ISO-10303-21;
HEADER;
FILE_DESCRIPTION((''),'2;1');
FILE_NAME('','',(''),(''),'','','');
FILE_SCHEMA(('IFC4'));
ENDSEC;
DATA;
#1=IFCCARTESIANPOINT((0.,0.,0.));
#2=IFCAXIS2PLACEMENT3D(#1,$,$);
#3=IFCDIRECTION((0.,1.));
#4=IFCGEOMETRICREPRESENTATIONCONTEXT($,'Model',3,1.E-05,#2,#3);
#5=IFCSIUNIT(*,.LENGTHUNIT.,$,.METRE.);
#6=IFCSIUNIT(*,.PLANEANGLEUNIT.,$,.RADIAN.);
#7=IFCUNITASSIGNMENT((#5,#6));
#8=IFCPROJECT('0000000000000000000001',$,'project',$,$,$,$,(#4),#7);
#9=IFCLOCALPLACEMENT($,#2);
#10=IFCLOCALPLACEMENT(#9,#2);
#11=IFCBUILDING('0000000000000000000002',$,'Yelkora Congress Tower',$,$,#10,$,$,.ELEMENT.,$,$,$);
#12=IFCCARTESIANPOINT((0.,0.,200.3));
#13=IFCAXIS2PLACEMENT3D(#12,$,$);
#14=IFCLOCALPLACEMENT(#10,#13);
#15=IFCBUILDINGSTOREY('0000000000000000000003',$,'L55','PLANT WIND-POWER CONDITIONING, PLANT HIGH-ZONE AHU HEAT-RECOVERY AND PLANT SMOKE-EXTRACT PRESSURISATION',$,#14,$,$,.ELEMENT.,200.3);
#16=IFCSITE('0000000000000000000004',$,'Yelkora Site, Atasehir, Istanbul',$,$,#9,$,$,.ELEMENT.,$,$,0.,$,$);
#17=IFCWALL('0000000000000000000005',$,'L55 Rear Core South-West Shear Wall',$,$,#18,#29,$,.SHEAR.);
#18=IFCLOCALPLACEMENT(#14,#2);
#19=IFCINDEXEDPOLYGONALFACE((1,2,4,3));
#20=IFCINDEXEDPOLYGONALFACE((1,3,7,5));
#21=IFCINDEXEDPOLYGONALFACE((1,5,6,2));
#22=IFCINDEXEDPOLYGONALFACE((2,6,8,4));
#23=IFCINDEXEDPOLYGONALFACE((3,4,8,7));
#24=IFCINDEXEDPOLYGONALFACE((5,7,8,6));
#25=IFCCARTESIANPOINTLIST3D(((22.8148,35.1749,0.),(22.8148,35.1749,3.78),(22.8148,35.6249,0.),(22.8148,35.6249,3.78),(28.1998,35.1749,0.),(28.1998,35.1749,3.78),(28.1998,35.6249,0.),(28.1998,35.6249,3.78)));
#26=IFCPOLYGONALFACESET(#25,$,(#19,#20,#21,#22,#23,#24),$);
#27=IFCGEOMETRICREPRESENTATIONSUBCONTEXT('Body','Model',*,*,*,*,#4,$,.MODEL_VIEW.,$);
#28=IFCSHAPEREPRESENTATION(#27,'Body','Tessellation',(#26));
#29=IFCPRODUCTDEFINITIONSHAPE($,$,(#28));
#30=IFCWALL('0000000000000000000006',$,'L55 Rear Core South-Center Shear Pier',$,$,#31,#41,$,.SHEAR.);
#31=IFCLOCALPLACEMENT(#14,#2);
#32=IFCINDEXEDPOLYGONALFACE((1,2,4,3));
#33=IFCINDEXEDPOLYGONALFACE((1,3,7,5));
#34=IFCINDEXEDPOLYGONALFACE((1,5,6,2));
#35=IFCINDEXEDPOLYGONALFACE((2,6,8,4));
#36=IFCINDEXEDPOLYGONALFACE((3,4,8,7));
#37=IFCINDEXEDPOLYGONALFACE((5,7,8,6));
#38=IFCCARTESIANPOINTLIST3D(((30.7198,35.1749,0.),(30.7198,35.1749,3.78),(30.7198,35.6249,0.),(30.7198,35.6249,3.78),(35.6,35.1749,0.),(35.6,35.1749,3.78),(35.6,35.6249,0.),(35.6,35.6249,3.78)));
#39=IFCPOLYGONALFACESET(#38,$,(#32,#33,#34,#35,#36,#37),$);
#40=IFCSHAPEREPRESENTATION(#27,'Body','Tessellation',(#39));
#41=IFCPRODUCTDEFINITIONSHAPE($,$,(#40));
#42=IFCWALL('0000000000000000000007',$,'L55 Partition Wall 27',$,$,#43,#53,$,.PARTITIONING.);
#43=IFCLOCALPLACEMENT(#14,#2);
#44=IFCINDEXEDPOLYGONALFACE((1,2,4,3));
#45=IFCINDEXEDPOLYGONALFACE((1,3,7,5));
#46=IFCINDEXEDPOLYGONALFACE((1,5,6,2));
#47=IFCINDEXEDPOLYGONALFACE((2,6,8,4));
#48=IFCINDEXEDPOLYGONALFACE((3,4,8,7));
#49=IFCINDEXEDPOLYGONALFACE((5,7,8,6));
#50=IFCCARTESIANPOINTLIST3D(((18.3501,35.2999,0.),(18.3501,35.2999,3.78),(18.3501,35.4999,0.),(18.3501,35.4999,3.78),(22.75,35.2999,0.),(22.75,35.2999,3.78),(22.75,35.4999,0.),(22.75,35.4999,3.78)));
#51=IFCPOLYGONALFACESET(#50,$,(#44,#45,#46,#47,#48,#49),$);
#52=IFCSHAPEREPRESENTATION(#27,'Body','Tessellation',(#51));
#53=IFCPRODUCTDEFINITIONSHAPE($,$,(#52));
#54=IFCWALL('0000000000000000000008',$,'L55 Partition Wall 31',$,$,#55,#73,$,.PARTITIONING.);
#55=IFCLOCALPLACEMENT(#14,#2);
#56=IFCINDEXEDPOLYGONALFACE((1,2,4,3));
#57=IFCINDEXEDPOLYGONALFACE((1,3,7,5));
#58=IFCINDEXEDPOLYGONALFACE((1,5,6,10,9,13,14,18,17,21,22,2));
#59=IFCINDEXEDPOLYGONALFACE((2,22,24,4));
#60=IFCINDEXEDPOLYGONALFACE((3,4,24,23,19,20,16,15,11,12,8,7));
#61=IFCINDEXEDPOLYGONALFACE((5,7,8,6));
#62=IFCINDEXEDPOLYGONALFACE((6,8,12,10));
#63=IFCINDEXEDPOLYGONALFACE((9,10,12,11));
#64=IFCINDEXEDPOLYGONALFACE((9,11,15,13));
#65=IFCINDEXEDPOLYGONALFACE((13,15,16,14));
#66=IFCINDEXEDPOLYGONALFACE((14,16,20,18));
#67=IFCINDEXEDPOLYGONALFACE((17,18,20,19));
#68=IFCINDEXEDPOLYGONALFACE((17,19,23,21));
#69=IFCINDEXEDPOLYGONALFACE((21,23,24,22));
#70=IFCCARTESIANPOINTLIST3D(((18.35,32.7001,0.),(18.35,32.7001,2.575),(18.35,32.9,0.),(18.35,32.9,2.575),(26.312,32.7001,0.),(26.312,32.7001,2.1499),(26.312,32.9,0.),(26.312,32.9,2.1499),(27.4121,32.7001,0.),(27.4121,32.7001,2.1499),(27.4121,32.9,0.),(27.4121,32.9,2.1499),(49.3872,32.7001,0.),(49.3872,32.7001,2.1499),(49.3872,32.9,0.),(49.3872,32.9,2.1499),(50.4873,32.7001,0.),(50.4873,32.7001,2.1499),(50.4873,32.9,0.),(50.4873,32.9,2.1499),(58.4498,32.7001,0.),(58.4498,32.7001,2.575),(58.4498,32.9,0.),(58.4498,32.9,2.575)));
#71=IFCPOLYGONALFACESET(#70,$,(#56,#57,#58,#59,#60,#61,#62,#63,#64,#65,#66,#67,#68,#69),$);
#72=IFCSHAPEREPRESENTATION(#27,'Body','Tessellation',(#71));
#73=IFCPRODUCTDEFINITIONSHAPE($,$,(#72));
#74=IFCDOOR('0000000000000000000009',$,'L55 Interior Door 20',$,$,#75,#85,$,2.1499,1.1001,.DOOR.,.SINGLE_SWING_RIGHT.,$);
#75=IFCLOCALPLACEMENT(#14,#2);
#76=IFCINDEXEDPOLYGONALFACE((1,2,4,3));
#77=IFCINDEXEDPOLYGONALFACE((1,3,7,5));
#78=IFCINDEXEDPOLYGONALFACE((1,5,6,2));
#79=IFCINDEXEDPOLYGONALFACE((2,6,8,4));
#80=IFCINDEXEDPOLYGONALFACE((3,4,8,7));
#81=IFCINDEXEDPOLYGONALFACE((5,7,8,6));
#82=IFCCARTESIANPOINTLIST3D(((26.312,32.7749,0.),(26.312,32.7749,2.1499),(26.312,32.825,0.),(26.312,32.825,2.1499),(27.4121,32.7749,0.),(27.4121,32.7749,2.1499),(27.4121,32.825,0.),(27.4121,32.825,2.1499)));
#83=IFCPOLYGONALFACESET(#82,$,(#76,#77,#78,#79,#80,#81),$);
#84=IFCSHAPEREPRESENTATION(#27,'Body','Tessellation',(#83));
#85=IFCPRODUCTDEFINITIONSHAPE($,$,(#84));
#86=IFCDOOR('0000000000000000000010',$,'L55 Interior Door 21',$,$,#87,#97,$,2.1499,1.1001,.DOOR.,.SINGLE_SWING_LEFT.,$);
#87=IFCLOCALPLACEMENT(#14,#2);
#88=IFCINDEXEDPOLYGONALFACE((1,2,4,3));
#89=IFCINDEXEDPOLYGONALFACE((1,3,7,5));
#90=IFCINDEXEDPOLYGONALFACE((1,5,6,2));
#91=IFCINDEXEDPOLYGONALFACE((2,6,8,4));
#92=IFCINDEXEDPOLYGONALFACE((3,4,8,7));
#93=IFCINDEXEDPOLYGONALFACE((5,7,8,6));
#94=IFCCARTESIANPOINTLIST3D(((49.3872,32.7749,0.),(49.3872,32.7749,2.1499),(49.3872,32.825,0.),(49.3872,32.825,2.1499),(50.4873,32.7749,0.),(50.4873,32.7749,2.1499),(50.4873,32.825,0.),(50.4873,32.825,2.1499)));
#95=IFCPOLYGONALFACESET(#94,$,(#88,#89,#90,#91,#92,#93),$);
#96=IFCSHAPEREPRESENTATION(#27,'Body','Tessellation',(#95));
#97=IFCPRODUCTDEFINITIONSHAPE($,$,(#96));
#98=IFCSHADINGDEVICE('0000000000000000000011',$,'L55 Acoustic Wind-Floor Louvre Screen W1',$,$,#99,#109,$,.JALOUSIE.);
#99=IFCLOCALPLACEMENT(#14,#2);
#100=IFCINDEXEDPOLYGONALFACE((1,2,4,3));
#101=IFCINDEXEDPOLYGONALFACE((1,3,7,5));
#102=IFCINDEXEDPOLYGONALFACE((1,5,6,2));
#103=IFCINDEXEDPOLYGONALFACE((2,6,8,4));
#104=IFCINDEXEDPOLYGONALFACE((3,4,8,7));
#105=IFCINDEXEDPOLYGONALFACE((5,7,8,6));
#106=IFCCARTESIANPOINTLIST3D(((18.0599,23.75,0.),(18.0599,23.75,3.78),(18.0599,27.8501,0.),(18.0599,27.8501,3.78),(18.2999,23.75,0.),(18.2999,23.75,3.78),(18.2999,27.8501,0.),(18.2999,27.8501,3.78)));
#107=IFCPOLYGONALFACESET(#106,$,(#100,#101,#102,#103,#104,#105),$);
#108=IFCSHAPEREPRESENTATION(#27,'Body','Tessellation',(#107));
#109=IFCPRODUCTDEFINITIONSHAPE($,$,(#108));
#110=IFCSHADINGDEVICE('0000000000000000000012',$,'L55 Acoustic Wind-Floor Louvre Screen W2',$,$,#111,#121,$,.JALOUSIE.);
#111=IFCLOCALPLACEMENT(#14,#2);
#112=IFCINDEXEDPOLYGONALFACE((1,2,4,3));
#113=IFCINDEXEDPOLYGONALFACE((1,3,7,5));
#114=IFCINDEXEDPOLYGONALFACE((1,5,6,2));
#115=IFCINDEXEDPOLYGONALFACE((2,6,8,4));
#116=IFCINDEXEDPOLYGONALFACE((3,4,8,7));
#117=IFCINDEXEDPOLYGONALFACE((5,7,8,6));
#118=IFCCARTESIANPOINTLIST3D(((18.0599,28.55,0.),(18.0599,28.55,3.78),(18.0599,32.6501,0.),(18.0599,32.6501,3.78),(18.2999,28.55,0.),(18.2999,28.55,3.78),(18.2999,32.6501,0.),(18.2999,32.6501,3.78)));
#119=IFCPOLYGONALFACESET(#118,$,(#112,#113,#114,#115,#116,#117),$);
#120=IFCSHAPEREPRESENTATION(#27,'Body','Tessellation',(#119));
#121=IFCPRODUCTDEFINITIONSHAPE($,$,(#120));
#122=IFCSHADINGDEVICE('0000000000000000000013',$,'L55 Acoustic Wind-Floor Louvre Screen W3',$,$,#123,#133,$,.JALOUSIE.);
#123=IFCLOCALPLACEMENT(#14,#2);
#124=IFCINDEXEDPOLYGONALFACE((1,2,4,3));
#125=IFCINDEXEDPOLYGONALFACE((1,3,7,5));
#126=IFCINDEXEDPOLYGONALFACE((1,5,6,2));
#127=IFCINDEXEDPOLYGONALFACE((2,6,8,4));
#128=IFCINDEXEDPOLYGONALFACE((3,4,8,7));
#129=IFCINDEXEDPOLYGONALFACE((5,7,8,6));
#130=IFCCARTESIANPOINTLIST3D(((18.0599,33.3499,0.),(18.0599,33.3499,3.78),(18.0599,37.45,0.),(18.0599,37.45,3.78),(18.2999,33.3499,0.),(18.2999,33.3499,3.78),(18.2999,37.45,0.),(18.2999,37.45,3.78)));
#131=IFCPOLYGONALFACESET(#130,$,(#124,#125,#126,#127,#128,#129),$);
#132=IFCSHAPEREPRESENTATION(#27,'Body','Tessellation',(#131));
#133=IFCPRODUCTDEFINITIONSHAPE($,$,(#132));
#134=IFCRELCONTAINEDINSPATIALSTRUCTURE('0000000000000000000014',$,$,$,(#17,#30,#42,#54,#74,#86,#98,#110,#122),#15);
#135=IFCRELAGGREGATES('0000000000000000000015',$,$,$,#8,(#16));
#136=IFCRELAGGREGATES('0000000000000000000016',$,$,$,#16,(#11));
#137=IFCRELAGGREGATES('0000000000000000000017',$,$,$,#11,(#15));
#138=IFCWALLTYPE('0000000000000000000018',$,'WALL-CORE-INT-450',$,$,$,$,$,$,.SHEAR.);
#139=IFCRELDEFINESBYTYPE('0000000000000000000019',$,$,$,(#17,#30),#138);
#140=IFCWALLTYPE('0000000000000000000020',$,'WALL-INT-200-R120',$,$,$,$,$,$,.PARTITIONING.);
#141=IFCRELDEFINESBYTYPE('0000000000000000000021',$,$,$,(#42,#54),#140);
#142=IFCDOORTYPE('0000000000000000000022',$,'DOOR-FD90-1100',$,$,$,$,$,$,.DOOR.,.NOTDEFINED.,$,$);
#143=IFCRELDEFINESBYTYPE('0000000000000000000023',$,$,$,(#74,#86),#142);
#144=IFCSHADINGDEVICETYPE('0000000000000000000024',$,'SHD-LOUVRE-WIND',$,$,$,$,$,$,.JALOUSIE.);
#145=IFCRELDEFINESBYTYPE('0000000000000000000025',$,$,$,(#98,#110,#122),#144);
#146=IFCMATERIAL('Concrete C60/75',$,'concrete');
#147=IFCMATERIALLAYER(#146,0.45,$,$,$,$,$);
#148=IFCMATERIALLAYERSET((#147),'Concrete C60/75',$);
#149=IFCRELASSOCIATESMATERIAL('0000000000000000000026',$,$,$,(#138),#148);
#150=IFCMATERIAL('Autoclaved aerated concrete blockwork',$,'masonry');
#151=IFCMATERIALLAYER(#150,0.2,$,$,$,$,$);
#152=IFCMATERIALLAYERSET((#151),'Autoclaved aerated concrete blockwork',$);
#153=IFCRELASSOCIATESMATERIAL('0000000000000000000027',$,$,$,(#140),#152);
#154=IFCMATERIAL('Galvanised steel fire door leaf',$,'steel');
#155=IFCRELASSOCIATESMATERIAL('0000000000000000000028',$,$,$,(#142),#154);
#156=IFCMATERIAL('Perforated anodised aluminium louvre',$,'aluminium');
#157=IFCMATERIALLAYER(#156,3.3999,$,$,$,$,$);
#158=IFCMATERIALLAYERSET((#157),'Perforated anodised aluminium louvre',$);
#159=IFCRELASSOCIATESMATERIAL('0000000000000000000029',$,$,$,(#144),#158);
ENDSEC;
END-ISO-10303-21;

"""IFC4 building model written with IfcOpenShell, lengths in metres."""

from ifc_helpers import new_model, si_unit, direction, frame, frame_2d, origin, origin_2d, place, context, subcontext, project, spatial, rectangle, extrude, material, layer, layer_set, type_object, element, fill, save


model = new_model("IFC4")

# Units and contexts
model_context = context("Model", 3, precision=1e-05, world=origin(), true_north=direction((0.0, 1.0)))
body_context = subcontext(model_context, "Body", "Model", "MODEL_VIEW")
ifc_project = project(units=[si_unit("LENGTHUNIT", "METRE"), si_unit("PLANEANGLEUNIT", "RADIAN")], contexts=[model_context])

# Site, building, storey
site_placement = place(None, origin())
site = spatial("IfcSite", under=ifc_project, at=site_placement, Name="Yelkora Site, Atasehir, Istanbul", CompositionType="ELEMENT", RefElevation=0.0)
building_placement = place(site_placement, origin())
building = spatial("IfcBuilding", under=site, at=building_placement, Name="Yelkora Congress Tower", CompositionType="ELEMENT")
storey_placement = place(building_placement, frame((0.0, 0.0, 200.3)))
storey = spatial("IfcBuildingStorey", under=building, at=storey_placement, Name="L55", Description="PLANT WIND-POWER CONDITIONING, PLANT HIGH-ZONE AHU HEAT-RECOVERY AND PLANT SMOKE-EXTRACT PRESSURISATION", CompositionType="ELEMENT", Elevation=200.3)

# Shared definitions
ifc_material_1 = material(Name="Concrete C60/75", Category="concrete")

# Walls
ifc_layer_1 = layer(ifc_material_1, 0.45)
ifc_layer_set_1 = layer_set([ifc_layer_1], Name="Concrete C60/75")
wall_type_1 = type_object("IfcWallType", Name="WALL-CORE-INT-450", PredefinedType="SHEAR", material=ifc_layer_set_1)
wall_1_placement = place(storey_placement, frame((22.8149, 35.3999, 0.0), z_axis=(0.0, 0.0, 1.0), x_axis=(1.0, 0.0, 0.0)))
element("IfcWall", 1, at=wall_1_placement, inside=storey, type_object=wall_type_1, Name="L55 Rear Core South-West Shear Wall", PredefinedType="SHEAR", context=body_context, shape_type="SweptSolid", body=[
    extrude(rectangle(XDim=5.385, YDim=0.45, at=frame_2d((2.6924, 0.0))), origin(), (0.0, 0.0, 1.0), 3.78),
])
wall_2_placement = place(storey_placement, frame((30.72, 35.3999, 0.0), z_axis=(0.0, 0.0, 1.0), x_axis=(1.0, 0.0, 0.0)))
element("IfcWall", 2, at=wall_2_placement, inside=storey, type_object=wall_type_1, Name="L55 Rear Core South-Center Shear Pier", PredefinedType="SHEAR", context=body_context, shape_type="SweptSolid", body=[
    extrude(rectangle(XDim=4.8801, YDim=0.45, at=frame_2d((2.4399, 0.0))), origin(), (0.0, 0.0, 1.0), 3.78),
])

# Shared definitions
ifc_material_2 = material(Name="Autoclaved aerated concrete blockwork", Category="masonry")
ifc_layer_2 = layer(ifc_material_2, 0.2)
ifc_layer_set_2 = layer_set([ifc_layer_2], Name="Autoclaved aerated concrete blockwork")
wall_type_2 = type_object("IfcWallType", Name="WALL-INT-200-R120", PredefinedType="PARTITIONING", material=ifc_layer_set_2)
ifc_material_3 = material(Name="Galvanised steel fire door leaf", Category="steel")
door_type = type_object("IfcDoorType", Name="DOOR-FD90-1100", OperationType="NOTDEFINED", PredefinedType="DOOR", material=ifc_material_3)

# Wall
wall_3_placement = place(storey_placement, frame((18.3501, 35.3999, 0.0), z_axis=(0.0, 0.0, 1.0), x_axis=(1.0, 0.0, 0.0)))
element("IfcWall", 3, at=wall_3_placement, inside=storey, type_object=wall_type_2, Name="L55 Partition Wall 27", PredefinedType="PARTITIONING", context=body_context, shape_type="SweptSolid", body=[
    extrude(rectangle(XDim=4.3999, YDim=0.2, at=frame_2d((2.2, 0.0))), origin(), (0.0, 0.0, 1.0), 3.78),
])

# Wall, openings, doors
wall_4_placement = place(storey_placement, frame((18.3501, 32.8, 0.0), z_axis=(0.0, 0.0, 1.0), x_axis=(1.0, 0.0, 0.0)))
wall_4 = element("IfcWall", 4, at=wall_4_placement, inside=storey, type_object=wall_type_2, Name="L55 Partition Wall 31", PredefinedType="PARTITIONING", context=body_context, shape_type="SweptSolid", body=[
    extrude(rectangle(XDim=40.0999, YDim=0.2, at=frame_2d((20.0498, 0.0))), origin(), (0.0, 0.0, 1.0), 2.575),
])
opening_1_placement = place(wall_4_placement, frame((7.9619, 0.0, 0.0)))
opening_1 = element("IfcOpeningElement", 5, at=opening_1_placement, cuts=wall_4, PredefinedType="OPENING", context=body_context, shape_type="SweptSolid", body=[
    extrude(rectangle(XDim=1.1001, YDim=2.1499, at=frame_2d((0.55, 1.075))), frame((0.0, 0.1099, 0.0), z_axis=(0.0, -1.0, 0.0), x_axis=(1.0, 0.0, 0.0)), (0.0, 0.0, 1.0), 0.22),
])
opening_2_placement = place(wall_4_placement, frame((31.0371, 0.0, 0.0)))
opening_2 = element("IfcOpeningElement", 6, at=opening_2_placement, cuts=wall_4, PredefinedType="OPENING", context=body_context, shape_type="SweptSolid", body=[
    extrude(rectangle(XDim=1.1001, YDim=2.1499, at=frame_2d((0.55, 1.075))), frame((0.0, 0.1099, 0.0), z_axis=(0.0, -1.0, 0.0), x_axis=(1.0, 0.0, 0.0)), (0.0, 0.0, 1.0), 0.22),
])
door_1_placement = place(opening_1_placement, origin())
door_1 = element("IfcDoor", 7, at=door_1_placement, inside=storey, type_object=door_type, Name="L55 Interior Door 20", OperationType="SINGLE_SWING_RIGHT", OverallHeight=2.1499, OverallWidth=1.1001, PredefinedType="DOOR", context=body_context, shape_type="SweptSolid", body=[
    extrude(rectangle(XDim=1.1001, YDim=2.1499, at=frame_2d((0.55, 1.075))), frame((0.0, 0.0249, 0.0), z_axis=(0.0, -1.0, 0.0), x_axis=(1.0, 0.0, 0.0)), (0.0, 0.0, 1.0), 0.05),
])
fill(opening_1, door_1)
door_2_placement = place(opening_2_placement, origin())
door_2 = element("IfcDoor", 8, at=door_2_placement, inside=storey, type_object=door_type, Name="L55 Interior Door 21", OperationType="SINGLE_SWING_LEFT", OverallHeight=2.1499, OverallWidth=1.1001, PredefinedType="DOOR", context=body_context, shape_type="SweptSolid", body=[
    extrude(rectangle(XDim=1.1001, YDim=2.1499, at=frame_2d((0.55, 1.075))), frame((0.0, 0.0249, 0.0), z_axis=(0.0, -1.0, 0.0), x_axis=(1.0, 0.0, 0.0)), (0.0, 0.0, 1.0), 0.05),
])
fill(opening_2, door_2)

# Shading devices
ifc_material_4 = material(Name="Perforated anodised aluminium louvre", Category="aluminium")
ifc_layer_3 = layer(ifc_material_4, 3.3999)
ifc_layer_set_3 = layer_set([ifc_layer_3], Name="Perforated anodised aluminium louvre")
shading_device_type = type_object("IfcShadingDeviceType", Name="SHD-LOUVRE-WIND", PredefinedType="JALOUSIE", material=ifc_layer_set_3)
for number, where, z_axis, x_axis, name in (
    (9, (18.1799, 25.8, 0.0), (0.0, 0.0, 1.0), (1.0, 0.0, 0.0), "L55 Acoustic Wind-Floor Louvre Screen W1"),
    (10, (18.1799, 30.6001, 0.0), (0.0, 0.0, 1.0), (1.0, 0.0, 0.0), "L55 Acoustic Wind-Floor Louvre Screen W2"),
    (11, (18.1799, 35.3999, 0.0), (0.0, 0.0, 1.0), (1.0, 0.0, 0.0), "L55 Acoustic Wind-Floor Louvre Screen W3"),
):
    element("IfcShadingDevice", number, at=place(storey_placement, frame(where, z_axis=z_axis, x_axis=x_axis)), inside=storey, type_object=shading_device_type, Name=name, PredefinedType="JALOUSIE", context=body_context, shape_type="SweptSolid", body=[
        extrude(rectangle(XDim=0.24, YDim=4.1001, at=origin_2d()), origin(), (0.0, 0.0, 1.0), 3.78),
    ])

save(model, "model.ifc")
